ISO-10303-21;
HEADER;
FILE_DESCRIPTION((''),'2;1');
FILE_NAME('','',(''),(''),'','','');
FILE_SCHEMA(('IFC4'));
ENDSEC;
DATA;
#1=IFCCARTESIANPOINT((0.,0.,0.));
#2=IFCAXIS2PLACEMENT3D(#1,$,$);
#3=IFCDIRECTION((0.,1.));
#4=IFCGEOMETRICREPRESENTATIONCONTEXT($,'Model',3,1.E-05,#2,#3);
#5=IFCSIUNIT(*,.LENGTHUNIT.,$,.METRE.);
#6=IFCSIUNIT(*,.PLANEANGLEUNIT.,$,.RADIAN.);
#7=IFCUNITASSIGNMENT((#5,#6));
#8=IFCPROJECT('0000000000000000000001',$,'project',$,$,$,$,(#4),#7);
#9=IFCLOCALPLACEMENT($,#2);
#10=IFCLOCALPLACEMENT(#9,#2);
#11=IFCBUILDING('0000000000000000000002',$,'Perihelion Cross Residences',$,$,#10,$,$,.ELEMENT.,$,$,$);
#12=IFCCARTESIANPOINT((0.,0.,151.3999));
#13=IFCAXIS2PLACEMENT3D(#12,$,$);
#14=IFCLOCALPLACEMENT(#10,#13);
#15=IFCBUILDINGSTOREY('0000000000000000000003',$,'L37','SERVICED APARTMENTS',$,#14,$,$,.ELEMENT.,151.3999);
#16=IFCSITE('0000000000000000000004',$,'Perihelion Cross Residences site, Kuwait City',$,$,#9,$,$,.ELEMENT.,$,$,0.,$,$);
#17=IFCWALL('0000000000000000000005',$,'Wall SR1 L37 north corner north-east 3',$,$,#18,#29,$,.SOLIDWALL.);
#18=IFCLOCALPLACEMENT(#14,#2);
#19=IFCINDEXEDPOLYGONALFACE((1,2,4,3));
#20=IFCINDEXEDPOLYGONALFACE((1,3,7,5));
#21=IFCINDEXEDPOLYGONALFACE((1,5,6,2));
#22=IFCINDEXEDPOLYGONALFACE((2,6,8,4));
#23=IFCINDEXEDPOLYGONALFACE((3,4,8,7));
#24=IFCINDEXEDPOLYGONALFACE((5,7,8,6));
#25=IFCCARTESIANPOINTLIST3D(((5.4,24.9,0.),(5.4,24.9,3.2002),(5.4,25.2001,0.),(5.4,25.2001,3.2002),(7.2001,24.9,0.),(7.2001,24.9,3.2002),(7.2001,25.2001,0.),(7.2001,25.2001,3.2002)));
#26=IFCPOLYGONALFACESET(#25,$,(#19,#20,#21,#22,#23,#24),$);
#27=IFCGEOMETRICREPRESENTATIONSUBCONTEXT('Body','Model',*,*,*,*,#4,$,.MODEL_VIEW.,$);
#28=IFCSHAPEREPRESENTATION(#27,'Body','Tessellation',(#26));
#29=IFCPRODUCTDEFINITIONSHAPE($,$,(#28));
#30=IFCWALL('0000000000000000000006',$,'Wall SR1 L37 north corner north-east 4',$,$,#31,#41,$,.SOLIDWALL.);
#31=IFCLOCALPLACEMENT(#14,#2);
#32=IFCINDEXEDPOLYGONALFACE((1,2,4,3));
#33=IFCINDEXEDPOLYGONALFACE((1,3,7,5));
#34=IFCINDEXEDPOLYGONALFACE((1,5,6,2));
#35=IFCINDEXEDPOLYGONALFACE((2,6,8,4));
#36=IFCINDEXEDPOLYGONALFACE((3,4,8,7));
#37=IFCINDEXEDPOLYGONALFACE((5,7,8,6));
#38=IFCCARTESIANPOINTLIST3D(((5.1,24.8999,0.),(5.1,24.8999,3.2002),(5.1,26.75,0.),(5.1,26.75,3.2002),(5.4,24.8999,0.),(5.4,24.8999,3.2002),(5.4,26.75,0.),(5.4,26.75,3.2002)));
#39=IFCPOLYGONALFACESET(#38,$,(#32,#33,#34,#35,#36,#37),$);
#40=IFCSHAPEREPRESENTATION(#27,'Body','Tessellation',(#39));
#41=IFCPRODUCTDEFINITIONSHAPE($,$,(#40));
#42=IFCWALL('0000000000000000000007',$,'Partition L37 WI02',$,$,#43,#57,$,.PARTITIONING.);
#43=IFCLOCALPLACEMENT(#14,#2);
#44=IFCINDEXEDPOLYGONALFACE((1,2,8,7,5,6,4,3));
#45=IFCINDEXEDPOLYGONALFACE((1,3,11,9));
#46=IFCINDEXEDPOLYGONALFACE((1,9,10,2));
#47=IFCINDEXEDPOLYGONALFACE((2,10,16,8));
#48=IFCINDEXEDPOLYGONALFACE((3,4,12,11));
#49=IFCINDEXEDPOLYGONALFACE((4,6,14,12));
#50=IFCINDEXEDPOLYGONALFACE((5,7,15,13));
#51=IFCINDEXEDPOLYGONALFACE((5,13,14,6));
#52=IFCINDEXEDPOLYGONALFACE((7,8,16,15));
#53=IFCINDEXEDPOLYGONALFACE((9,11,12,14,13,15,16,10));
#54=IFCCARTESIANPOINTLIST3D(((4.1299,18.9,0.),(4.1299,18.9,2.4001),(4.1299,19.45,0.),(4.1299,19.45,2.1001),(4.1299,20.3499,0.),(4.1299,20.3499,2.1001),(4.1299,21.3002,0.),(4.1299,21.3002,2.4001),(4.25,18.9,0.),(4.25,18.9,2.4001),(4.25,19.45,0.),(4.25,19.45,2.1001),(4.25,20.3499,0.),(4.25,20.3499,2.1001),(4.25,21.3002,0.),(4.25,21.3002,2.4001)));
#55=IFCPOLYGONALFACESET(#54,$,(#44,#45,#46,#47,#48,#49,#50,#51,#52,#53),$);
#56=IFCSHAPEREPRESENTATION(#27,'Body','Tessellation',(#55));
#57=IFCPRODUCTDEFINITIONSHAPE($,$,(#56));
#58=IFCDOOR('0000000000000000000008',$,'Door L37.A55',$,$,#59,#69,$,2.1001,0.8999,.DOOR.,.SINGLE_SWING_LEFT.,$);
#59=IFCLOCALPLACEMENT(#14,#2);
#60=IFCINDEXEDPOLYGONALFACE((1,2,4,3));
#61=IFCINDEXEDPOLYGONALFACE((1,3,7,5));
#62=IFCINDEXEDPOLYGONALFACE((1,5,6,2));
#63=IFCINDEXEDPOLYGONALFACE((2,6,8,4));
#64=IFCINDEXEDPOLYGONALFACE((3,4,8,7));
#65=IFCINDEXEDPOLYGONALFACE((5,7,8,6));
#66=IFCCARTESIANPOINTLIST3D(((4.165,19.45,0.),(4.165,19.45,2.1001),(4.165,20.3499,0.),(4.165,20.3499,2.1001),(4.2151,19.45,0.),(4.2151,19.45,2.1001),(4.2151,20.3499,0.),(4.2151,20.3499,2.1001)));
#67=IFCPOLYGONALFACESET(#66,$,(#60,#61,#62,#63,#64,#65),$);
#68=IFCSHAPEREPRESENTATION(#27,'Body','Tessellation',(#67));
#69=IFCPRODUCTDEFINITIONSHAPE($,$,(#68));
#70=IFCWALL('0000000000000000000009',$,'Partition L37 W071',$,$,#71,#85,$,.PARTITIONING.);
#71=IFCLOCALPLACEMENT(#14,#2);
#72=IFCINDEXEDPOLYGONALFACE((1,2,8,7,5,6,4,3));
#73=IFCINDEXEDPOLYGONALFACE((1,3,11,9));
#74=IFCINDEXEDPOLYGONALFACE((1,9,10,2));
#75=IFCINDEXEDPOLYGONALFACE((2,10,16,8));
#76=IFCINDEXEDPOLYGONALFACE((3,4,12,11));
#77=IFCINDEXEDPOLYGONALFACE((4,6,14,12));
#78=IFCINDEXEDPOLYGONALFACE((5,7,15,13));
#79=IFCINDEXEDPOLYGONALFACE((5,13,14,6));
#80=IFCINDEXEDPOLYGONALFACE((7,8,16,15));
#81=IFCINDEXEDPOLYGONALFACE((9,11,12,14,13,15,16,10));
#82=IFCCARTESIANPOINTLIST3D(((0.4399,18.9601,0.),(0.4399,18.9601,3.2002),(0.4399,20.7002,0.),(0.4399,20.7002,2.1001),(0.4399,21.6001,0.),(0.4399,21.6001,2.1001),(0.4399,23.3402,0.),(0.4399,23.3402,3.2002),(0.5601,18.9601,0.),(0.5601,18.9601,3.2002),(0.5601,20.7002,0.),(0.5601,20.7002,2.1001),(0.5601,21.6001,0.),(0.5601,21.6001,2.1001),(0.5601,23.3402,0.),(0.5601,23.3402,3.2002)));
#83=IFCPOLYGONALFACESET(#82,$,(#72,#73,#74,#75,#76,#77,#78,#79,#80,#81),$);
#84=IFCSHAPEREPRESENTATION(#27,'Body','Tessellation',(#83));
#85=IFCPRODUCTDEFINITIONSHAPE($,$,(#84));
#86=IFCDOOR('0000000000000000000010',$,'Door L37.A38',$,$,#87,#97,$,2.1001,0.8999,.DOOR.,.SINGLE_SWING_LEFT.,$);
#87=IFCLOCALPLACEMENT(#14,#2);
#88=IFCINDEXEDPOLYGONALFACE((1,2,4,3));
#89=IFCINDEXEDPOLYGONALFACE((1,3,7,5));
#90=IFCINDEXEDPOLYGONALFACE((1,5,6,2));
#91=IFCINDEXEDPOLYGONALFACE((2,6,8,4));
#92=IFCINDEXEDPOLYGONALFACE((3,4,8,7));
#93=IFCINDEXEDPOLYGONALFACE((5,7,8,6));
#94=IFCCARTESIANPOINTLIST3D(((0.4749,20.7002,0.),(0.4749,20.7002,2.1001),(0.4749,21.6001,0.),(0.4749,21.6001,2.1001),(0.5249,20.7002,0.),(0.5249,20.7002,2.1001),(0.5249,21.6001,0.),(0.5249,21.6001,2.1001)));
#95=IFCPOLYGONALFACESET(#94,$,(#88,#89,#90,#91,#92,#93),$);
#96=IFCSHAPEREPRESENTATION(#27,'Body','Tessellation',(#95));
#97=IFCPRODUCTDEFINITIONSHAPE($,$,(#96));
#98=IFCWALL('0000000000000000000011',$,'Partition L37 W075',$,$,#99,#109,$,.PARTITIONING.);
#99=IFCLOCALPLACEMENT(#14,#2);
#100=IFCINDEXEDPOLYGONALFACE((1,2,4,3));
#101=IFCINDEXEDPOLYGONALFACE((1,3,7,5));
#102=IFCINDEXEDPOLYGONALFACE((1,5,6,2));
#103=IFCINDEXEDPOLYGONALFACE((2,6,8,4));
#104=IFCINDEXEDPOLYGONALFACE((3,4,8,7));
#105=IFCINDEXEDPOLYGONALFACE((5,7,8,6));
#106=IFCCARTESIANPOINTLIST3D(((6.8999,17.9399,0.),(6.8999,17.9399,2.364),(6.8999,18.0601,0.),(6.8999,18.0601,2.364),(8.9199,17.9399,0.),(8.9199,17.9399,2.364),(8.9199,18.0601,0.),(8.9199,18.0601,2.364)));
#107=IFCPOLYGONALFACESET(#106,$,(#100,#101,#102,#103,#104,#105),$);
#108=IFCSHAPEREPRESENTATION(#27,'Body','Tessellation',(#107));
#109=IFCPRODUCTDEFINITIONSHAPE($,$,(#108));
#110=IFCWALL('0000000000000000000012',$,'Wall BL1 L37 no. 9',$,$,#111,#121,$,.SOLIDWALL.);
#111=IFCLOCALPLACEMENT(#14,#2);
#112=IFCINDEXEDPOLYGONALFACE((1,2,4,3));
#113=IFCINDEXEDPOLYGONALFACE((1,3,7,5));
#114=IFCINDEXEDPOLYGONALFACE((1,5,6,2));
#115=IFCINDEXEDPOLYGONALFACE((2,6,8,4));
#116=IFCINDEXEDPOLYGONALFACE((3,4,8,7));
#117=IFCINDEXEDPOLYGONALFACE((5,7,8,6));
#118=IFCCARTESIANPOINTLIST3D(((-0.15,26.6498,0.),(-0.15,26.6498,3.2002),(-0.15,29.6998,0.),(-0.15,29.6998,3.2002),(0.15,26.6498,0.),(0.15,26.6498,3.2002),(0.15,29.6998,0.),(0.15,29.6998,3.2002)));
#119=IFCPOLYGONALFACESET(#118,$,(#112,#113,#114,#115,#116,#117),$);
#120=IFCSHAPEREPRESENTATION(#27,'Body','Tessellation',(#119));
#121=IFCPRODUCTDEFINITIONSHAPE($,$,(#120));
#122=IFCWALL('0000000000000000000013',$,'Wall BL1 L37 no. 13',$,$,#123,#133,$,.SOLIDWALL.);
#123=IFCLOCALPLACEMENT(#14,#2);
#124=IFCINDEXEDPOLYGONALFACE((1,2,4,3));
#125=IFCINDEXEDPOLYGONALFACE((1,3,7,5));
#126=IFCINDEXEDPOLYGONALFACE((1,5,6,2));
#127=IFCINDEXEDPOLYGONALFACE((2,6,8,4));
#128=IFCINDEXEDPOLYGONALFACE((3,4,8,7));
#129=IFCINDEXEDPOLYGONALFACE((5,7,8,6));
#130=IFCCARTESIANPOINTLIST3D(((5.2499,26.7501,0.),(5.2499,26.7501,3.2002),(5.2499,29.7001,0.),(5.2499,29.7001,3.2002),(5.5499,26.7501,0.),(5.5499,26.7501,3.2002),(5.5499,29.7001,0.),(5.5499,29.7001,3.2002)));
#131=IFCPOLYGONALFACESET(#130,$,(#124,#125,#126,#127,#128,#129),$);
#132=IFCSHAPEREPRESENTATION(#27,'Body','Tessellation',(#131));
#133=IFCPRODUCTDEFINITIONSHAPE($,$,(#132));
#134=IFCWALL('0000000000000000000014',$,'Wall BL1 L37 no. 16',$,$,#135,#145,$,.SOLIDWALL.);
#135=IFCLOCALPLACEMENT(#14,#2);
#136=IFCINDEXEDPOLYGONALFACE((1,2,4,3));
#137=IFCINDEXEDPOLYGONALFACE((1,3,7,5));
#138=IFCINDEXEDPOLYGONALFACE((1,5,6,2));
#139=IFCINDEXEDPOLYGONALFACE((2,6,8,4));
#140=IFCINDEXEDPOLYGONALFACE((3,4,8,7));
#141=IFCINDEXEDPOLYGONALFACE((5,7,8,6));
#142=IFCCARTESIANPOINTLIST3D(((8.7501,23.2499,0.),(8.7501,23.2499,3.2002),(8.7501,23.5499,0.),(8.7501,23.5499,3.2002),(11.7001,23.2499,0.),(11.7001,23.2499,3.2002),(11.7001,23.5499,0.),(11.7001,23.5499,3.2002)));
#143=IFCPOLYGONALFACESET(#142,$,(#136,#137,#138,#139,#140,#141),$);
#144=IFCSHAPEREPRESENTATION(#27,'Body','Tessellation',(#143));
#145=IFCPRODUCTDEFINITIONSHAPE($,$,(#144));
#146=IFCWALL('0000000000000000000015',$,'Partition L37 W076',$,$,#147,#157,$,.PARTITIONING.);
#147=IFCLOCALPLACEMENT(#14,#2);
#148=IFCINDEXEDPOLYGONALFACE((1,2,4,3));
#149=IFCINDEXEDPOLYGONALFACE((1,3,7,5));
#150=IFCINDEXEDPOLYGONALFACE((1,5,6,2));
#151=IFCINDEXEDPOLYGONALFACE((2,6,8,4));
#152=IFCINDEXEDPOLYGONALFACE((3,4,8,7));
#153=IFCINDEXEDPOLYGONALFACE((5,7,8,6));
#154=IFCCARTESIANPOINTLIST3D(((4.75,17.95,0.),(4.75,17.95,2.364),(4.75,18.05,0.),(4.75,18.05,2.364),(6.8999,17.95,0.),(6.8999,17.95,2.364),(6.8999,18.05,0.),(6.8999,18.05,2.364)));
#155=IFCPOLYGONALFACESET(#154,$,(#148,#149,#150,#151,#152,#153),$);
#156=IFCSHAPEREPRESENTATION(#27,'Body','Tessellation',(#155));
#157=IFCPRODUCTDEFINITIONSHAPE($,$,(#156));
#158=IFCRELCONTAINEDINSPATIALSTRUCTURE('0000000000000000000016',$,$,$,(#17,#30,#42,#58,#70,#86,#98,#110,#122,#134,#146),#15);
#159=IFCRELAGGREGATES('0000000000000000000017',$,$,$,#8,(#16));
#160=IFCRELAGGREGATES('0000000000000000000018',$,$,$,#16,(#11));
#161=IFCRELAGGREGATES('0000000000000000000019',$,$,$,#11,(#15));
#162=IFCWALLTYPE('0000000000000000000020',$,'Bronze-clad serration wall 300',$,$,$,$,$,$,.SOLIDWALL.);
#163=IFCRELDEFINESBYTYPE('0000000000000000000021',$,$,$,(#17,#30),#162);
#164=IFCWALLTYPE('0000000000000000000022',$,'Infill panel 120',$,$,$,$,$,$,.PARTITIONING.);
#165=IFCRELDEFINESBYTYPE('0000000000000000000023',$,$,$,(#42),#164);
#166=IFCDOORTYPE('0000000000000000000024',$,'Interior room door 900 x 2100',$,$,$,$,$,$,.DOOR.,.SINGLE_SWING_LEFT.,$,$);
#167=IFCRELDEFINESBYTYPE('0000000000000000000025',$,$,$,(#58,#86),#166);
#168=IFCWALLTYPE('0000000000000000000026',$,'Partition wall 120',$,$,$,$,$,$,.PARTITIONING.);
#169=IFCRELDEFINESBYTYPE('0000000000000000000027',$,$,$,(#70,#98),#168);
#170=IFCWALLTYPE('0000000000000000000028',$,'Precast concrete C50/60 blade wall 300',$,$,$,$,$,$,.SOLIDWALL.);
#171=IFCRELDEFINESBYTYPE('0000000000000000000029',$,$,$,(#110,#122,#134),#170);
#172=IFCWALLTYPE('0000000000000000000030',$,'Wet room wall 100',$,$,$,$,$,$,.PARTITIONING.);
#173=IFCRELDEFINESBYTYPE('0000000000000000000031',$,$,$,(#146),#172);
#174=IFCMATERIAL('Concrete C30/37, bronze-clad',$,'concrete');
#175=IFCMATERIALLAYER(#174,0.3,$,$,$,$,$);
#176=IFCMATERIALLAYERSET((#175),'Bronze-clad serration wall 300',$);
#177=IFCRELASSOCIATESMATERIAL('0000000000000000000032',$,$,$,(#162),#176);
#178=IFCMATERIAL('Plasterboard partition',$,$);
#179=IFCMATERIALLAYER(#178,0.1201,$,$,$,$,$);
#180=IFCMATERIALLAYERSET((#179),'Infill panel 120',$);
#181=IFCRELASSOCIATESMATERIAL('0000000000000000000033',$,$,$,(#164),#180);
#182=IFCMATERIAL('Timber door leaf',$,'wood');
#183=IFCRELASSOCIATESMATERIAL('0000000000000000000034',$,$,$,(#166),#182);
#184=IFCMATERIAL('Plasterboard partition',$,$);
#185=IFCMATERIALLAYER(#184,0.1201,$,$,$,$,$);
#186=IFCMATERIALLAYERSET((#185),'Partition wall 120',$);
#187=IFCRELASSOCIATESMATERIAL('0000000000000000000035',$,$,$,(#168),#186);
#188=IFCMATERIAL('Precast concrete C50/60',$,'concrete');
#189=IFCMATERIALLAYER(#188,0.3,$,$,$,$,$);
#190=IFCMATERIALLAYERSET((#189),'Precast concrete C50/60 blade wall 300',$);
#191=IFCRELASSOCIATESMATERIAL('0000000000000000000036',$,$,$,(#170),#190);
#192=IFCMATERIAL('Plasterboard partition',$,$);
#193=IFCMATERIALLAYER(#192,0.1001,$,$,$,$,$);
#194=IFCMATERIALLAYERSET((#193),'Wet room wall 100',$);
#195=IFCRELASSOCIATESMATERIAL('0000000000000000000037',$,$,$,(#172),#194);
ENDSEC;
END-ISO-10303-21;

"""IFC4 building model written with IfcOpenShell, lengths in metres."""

from ifc_helpers import new_model, si_unit, direction, frame, frame_2d, origin, place, context, subcontext, project, spatial, rectangle, extrude, material, layer, layer_set, type_object, element, fill, save


model = new_model("IFC4")

# Units and contexts
model_context = context("Model", 3, precision=1e-05, world=origin(), true_north=direction((0.0, 1.0)))
body_context = subcontext(model_context, "Body", "Model", "MODEL_VIEW")
ifc_project = project(units=[si_unit("LENGTHUNIT", "METRE"), si_unit("PLANEANGLEUNIT", "RADIAN")], contexts=[model_context])

# Site, building, storey
site_placement = place(None, origin())
site = spatial("IfcSite", under=ifc_project, at=site_placement, Name="Perihelion Cross Residences site, Kuwait City", CompositionType="ELEMENT", RefElevation=0.0)
building_placement = place(site_placement, origin())
building = spatial("IfcBuilding", under=site, at=building_placement, Name="Perihelion Cross Residences", CompositionType="ELEMENT")
storey_placement = place(building_placement, frame((0.0, 0.0, 151.3999)))
storey = spatial("IfcBuildingStorey", under=building, at=storey_placement, Name="L37", Description="SERVICED APARTMENTS", CompositionType="ELEMENT", Elevation=151.3999)

# Walls
ifc_material_1 = material(Name="Concrete C30/37, bronze-clad", Category="concrete")
ifc_layer_1 = layer(ifc_material_1, 0.3)
ifc_layer_set_1 = layer_set([ifc_layer_1], Name="Bronze-clad serration wall 300")
wall_type_1 = type_object("IfcWallType", Name="Bronze-clad serration wall 300", PredefinedType="SOLIDWALL", material=ifc_layer_set_1)
wall_1_placement = place(storey_placement, frame((7.2, 25.05, 0.0), z_axis=(0.0, 0.0, 1.0), x_axis=(-1.0, 0.0, 0.0)))
element("IfcWall", 1, at=wall_1_placement, inside=storey, type_object=wall_type_1, Name="Wall SR1 L37 north corner north-east 3", PredefinedType="SOLIDWALL", context=body_context, shape_type="SweptSolid", body=[
    extrude(rectangle(XDim=1.8, YDim=0.3, at=frame_2d((0.8999, 0.0))), origin(), (0.0, 0.0, 1.0), 3.2002),
])
wall_2_placement = place(storey_placement, frame((5.25, 24.8999, 0.0), z_axis=(0.0, 0.0, 1.0), x_axis=(0.0, 1.0, 0.0)))
element("IfcWall", 2, at=wall_2_placement, inside=storey, type_object=wall_type_1, Name="Wall SR1 L37 north corner north-east 4", PredefinedType="SOLIDWALL", context=body_context, shape_type="SweptSolid", body=[
    extrude(rectangle(XDim=1.8501, YDim=0.3, at=frame_2d((0.925, 0.0))), origin(), (0.0, 0.0, 1.0), 3.2002),
])

# Walls, openings, doors
ifc_material_2 = material(Name="Plasterboard partition")
ifc_layer_2 = layer(ifc_material_2, 0.1201)
ifc_layer_set_2 = layer_set([ifc_layer_2], Name="Infill panel 120")
wall_type_2 = type_object("IfcWallType", Name="Infill panel 120", PredefinedType="PARTITIONING", material=ifc_layer_set_2)
wall_3_placement = place(storey_placement, frame((4.1899, 18.8999, 0.0), z_axis=(0.0, 0.0, 1.0), x_axis=(0.0, 1.0, 0.0)))
wall_3 = element("IfcWall", 3, at=wall_3_placement, inside=storey, type_object=wall_type_2, Name="Partition L37 WI02", PredefinedType="PARTITIONING", context=body_context, shape_type="SweptSolid", body=[
    extrude(rectangle(XDim=2.4001, YDim=0.1201, at=frame_2d((1.2002, 0.0))), origin(), (0.0, 0.0, 1.0), 2.4001),
])
opening_1_placement = place(wall_3_placement, frame((0.55, 0.0, 0.0)))
opening_1 = element("IfcOpeningElement", 4, at=opening_1_placement, cuts=wall_3, PredefinedType="OPENING", context=body_context, shape_type="SweptSolid", body=[
    extrude(rectangle(XDim=0.8999, YDim=2.1001, at=frame_2d((0.45, 1.05))), frame((0.0, 0.0701, 0.0), z_axis=(0.0, -1.0, 0.0), x_axis=(1.0, 0.0, 0.0)), (0.0, 0.0, 1.0), 0.1401),
])
ifc_material_3 = material(Name="Timber door leaf", Category="wood")
door_type_1 = type_object("IfcDoorType", Name="Interior room door 900 x 2100", OperationType="SINGLE_SWING_LEFT", PredefinedType="DOOR", material=ifc_material_3)
door_1_placement = place(opening_1_placement, origin())
door_1 = element("IfcDoor", 5, at=door_1_placement, inside=storey, type_object=door_type_1, Name="Door L37.A55", OperationType="SINGLE_SWING_LEFT", OverallHeight=2.1001, OverallWidth=0.8999, PredefinedType="DOOR", context=body_context, shape_type="SweptSolid", body=[
    extrude(rectangle(XDim=0.8999, YDim=2.1001, at=frame_2d((0.45, 1.05))), frame((0.0, 0.0249, 0.0), z_axis=(0.0, -1.0, 0.0), x_axis=(1.0, 0.0, 0.0)), (0.0, 0.0, 1.0), 0.05),
])
fill(opening_1, door_1)
ifc_material_4 = material(Name="Plasterboard partition")
ifc_layer_3 = layer(ifc_material_4, 0.1201)
ifc_layer_set_3 = layer_set([ifc_layer_3], Name="Partition wall 120")
wall_type_3 = type_object("IfcWallType", Name="Partition wall 120", PredefinedType="PARTITIONING", material=ifc_layer_set_3)
wall_4_placement = place(storey_placement, frame((0.5, 23.3401, 0.0), z_axis=(0.0, 0.0, 1.0), x_axis=(0.0, -1.0, 0.0)))
wall_4 = element("IfcWall", 6, at=wall_4_placement, inside=storey, type_object=wall_type_3, Name="Partition L37 W071", PredefinedType="PARTITIONING", context=body_context, shape_type="SweptSolid", body=[
    extrude(rectangle(XDim=4.3801, YDim=0.1201, at=frame_2d((2.1899, 0.0))), origin(), (0.0, 0.0, 1.0), 3.2002),
])
opening_2_placement = place(wall_4_placement, frame((1.74, 0.0, 0.0)))
opening_2 = element("IfcOpeningElement", 7, at=opening_2_placement, cuts=wall_4, PredefinedType="OPENING", context=body_context, shape_type="SweptSolid", body=[
    extrude(rectangle(XDim=0.8999, YDim=2.1001, at=frame_2d((0.45, 1.05))), frame((0.0, 0.0701, 0.0), z_axis=(0.0, -1.0, 0.0), x_axis=(1.0, 0.0, 0.0)), (0.0, 0.0, 1.0), 0.1401),
])
door_2_placement = place(opening_2_placement, origin())
door_2 = element("IfcDoor", 8, at=door_2_placement, inside=storey, type_object=door_type_1, Name="Door L37.A38", OperationType="SINGLE_SWING_LEFT", OverallHeight=2.1001, OverallWidth=0.8999, PredefinedType="DOOR", context=body_context, shape_type="SweptSolid", body=[
    extrude(rectangle(XDim=0.8999, YDim=2.1001, at=frame_2d((0.45, 1.05))), frame((0.0, 0.0249, 0.0), z_axis=(0.0, -1.0, 0.0), x_axis=(1.0, 0.0, 0.0)), (0.0, 0.0, 1.0), 0.05),
])
fill(opening_2, door_2)

# Walls
wall_5_placement = place(storey_placement, frame((6.8999, 18.0, 0.0), z_axis=(0.0, 0.0, 1.0), x_axis=(1.0, 0.0, 0.0)))
element("IfcWall", 9, at=wall_5_placement, inside=storey, type_object=wall_type_3, Name="Partition L37 W075", PredefinedType="PARTITIONING", context=body_context, shape_type="SweptSolid", body=[
    extrude(rectangle(XDim=2.02, YDim=0.1201, at=frame_2d((1.01, 0.0))), origin(), (0.0, 0.0, 1.0), 2.364),
])
ifc_material_5 = material(Name="Precast concrete C50/60", Category="concrete")
ifc_layer_4 = layer(ifc_material_5, 0.3)
ifc_layer_set_4 = layer_set([ifc_layer_4], Name="Precast concrete C50/60 blade wall 300")
wall_type_4 = type_object("IfcWallType", Name="Precast concrete C50/60 blade wall 300", PredefinedType="SOLIDWALL", material=ifc_layer_set_4)
wall_6_placement = place(storey_placement, frame((0.0, 26.6499, 0.0), z_axis=(0.0, 0.0, 1.0), x_axis=(0.0, 1.0, 0.0)))
element("IfcWall", 10, at=wall_6_placement, inside=storey, type_object=wall_type_4, Name="Wall BL1 L37 no. 9", PredefinedType="SOLIDWALL", context=body_context, shape_type="SweptSolid", body=[
    extrude(rectangle(XDim=3.05, YDim=0.3, at=frame_2d((1.5249, 0.0))), origin(), (0.0, 0.0, 1.0), 3.2002),
])
for number, where, z_axis, x_axis, name in (
    (11, (5.3999, 26.75, 0.0), (0.0, 0.0, 1.0), (0.0, 1.0, 0.0), "Wall BL1 L37 no. 13"),
    (12, (8.75, 23.3999, 0.0), (0.0, 0.0, 1.0), (1.0, 0.0, 0.0), "Wall BL1 L37 no. 16"),
):
    element("IfcWall", number, at=place(storey_placement, frame(where, z_axis=z_axis, x_axis=x_axis)), inside=storey, type_object=wall_type_4, Name=name, PredefinedType="SOLIDWALL", context=body_context, shape_type="SweptSolid", body=[
        extrude(rectangle(XDim=2.95, YDim=0.3, at=frame_2d((1.4751, 0.0))), origin(), (0.0, 0.0, 1.0), 3.2002),
    ])
ifc_material_6 = material(Name="Plasterboard partition")
ifc_layer_5 = layer(ifc_material_6, 0.1001)
ifc_layer_set_5 = layer_set([ifc_layer_5], Name="Wet room wall 100")
wall_type_5 = type_object("IfcWallType", Name="Wet room wall 100", PredefinedType="PARTITIONING", material=ifc_layer_set_5)
wall_7_placement = place(storey_placement, frame((4.75, 18.0, 0.0), z_axis=(0.0, 0.0, 1.0), x_axis=(1.0, 0.0, 0.0)))
element("IfcWall", 13, at=wall_7_placement, inside=storey, type_object=wall_type_5, Name="Partition L37 W076", PredefinedType="PARTITIONING", context=body_context, shape_type="SweptSolid", body=[
    extrude(rectangle(XDim=2.1499, YDim=0.1001, at=frame_2d((1.075, 0.0))), origin(), (0.0, 0.0, 1.0), 2.364),
])

save(model, "model.ifc")
